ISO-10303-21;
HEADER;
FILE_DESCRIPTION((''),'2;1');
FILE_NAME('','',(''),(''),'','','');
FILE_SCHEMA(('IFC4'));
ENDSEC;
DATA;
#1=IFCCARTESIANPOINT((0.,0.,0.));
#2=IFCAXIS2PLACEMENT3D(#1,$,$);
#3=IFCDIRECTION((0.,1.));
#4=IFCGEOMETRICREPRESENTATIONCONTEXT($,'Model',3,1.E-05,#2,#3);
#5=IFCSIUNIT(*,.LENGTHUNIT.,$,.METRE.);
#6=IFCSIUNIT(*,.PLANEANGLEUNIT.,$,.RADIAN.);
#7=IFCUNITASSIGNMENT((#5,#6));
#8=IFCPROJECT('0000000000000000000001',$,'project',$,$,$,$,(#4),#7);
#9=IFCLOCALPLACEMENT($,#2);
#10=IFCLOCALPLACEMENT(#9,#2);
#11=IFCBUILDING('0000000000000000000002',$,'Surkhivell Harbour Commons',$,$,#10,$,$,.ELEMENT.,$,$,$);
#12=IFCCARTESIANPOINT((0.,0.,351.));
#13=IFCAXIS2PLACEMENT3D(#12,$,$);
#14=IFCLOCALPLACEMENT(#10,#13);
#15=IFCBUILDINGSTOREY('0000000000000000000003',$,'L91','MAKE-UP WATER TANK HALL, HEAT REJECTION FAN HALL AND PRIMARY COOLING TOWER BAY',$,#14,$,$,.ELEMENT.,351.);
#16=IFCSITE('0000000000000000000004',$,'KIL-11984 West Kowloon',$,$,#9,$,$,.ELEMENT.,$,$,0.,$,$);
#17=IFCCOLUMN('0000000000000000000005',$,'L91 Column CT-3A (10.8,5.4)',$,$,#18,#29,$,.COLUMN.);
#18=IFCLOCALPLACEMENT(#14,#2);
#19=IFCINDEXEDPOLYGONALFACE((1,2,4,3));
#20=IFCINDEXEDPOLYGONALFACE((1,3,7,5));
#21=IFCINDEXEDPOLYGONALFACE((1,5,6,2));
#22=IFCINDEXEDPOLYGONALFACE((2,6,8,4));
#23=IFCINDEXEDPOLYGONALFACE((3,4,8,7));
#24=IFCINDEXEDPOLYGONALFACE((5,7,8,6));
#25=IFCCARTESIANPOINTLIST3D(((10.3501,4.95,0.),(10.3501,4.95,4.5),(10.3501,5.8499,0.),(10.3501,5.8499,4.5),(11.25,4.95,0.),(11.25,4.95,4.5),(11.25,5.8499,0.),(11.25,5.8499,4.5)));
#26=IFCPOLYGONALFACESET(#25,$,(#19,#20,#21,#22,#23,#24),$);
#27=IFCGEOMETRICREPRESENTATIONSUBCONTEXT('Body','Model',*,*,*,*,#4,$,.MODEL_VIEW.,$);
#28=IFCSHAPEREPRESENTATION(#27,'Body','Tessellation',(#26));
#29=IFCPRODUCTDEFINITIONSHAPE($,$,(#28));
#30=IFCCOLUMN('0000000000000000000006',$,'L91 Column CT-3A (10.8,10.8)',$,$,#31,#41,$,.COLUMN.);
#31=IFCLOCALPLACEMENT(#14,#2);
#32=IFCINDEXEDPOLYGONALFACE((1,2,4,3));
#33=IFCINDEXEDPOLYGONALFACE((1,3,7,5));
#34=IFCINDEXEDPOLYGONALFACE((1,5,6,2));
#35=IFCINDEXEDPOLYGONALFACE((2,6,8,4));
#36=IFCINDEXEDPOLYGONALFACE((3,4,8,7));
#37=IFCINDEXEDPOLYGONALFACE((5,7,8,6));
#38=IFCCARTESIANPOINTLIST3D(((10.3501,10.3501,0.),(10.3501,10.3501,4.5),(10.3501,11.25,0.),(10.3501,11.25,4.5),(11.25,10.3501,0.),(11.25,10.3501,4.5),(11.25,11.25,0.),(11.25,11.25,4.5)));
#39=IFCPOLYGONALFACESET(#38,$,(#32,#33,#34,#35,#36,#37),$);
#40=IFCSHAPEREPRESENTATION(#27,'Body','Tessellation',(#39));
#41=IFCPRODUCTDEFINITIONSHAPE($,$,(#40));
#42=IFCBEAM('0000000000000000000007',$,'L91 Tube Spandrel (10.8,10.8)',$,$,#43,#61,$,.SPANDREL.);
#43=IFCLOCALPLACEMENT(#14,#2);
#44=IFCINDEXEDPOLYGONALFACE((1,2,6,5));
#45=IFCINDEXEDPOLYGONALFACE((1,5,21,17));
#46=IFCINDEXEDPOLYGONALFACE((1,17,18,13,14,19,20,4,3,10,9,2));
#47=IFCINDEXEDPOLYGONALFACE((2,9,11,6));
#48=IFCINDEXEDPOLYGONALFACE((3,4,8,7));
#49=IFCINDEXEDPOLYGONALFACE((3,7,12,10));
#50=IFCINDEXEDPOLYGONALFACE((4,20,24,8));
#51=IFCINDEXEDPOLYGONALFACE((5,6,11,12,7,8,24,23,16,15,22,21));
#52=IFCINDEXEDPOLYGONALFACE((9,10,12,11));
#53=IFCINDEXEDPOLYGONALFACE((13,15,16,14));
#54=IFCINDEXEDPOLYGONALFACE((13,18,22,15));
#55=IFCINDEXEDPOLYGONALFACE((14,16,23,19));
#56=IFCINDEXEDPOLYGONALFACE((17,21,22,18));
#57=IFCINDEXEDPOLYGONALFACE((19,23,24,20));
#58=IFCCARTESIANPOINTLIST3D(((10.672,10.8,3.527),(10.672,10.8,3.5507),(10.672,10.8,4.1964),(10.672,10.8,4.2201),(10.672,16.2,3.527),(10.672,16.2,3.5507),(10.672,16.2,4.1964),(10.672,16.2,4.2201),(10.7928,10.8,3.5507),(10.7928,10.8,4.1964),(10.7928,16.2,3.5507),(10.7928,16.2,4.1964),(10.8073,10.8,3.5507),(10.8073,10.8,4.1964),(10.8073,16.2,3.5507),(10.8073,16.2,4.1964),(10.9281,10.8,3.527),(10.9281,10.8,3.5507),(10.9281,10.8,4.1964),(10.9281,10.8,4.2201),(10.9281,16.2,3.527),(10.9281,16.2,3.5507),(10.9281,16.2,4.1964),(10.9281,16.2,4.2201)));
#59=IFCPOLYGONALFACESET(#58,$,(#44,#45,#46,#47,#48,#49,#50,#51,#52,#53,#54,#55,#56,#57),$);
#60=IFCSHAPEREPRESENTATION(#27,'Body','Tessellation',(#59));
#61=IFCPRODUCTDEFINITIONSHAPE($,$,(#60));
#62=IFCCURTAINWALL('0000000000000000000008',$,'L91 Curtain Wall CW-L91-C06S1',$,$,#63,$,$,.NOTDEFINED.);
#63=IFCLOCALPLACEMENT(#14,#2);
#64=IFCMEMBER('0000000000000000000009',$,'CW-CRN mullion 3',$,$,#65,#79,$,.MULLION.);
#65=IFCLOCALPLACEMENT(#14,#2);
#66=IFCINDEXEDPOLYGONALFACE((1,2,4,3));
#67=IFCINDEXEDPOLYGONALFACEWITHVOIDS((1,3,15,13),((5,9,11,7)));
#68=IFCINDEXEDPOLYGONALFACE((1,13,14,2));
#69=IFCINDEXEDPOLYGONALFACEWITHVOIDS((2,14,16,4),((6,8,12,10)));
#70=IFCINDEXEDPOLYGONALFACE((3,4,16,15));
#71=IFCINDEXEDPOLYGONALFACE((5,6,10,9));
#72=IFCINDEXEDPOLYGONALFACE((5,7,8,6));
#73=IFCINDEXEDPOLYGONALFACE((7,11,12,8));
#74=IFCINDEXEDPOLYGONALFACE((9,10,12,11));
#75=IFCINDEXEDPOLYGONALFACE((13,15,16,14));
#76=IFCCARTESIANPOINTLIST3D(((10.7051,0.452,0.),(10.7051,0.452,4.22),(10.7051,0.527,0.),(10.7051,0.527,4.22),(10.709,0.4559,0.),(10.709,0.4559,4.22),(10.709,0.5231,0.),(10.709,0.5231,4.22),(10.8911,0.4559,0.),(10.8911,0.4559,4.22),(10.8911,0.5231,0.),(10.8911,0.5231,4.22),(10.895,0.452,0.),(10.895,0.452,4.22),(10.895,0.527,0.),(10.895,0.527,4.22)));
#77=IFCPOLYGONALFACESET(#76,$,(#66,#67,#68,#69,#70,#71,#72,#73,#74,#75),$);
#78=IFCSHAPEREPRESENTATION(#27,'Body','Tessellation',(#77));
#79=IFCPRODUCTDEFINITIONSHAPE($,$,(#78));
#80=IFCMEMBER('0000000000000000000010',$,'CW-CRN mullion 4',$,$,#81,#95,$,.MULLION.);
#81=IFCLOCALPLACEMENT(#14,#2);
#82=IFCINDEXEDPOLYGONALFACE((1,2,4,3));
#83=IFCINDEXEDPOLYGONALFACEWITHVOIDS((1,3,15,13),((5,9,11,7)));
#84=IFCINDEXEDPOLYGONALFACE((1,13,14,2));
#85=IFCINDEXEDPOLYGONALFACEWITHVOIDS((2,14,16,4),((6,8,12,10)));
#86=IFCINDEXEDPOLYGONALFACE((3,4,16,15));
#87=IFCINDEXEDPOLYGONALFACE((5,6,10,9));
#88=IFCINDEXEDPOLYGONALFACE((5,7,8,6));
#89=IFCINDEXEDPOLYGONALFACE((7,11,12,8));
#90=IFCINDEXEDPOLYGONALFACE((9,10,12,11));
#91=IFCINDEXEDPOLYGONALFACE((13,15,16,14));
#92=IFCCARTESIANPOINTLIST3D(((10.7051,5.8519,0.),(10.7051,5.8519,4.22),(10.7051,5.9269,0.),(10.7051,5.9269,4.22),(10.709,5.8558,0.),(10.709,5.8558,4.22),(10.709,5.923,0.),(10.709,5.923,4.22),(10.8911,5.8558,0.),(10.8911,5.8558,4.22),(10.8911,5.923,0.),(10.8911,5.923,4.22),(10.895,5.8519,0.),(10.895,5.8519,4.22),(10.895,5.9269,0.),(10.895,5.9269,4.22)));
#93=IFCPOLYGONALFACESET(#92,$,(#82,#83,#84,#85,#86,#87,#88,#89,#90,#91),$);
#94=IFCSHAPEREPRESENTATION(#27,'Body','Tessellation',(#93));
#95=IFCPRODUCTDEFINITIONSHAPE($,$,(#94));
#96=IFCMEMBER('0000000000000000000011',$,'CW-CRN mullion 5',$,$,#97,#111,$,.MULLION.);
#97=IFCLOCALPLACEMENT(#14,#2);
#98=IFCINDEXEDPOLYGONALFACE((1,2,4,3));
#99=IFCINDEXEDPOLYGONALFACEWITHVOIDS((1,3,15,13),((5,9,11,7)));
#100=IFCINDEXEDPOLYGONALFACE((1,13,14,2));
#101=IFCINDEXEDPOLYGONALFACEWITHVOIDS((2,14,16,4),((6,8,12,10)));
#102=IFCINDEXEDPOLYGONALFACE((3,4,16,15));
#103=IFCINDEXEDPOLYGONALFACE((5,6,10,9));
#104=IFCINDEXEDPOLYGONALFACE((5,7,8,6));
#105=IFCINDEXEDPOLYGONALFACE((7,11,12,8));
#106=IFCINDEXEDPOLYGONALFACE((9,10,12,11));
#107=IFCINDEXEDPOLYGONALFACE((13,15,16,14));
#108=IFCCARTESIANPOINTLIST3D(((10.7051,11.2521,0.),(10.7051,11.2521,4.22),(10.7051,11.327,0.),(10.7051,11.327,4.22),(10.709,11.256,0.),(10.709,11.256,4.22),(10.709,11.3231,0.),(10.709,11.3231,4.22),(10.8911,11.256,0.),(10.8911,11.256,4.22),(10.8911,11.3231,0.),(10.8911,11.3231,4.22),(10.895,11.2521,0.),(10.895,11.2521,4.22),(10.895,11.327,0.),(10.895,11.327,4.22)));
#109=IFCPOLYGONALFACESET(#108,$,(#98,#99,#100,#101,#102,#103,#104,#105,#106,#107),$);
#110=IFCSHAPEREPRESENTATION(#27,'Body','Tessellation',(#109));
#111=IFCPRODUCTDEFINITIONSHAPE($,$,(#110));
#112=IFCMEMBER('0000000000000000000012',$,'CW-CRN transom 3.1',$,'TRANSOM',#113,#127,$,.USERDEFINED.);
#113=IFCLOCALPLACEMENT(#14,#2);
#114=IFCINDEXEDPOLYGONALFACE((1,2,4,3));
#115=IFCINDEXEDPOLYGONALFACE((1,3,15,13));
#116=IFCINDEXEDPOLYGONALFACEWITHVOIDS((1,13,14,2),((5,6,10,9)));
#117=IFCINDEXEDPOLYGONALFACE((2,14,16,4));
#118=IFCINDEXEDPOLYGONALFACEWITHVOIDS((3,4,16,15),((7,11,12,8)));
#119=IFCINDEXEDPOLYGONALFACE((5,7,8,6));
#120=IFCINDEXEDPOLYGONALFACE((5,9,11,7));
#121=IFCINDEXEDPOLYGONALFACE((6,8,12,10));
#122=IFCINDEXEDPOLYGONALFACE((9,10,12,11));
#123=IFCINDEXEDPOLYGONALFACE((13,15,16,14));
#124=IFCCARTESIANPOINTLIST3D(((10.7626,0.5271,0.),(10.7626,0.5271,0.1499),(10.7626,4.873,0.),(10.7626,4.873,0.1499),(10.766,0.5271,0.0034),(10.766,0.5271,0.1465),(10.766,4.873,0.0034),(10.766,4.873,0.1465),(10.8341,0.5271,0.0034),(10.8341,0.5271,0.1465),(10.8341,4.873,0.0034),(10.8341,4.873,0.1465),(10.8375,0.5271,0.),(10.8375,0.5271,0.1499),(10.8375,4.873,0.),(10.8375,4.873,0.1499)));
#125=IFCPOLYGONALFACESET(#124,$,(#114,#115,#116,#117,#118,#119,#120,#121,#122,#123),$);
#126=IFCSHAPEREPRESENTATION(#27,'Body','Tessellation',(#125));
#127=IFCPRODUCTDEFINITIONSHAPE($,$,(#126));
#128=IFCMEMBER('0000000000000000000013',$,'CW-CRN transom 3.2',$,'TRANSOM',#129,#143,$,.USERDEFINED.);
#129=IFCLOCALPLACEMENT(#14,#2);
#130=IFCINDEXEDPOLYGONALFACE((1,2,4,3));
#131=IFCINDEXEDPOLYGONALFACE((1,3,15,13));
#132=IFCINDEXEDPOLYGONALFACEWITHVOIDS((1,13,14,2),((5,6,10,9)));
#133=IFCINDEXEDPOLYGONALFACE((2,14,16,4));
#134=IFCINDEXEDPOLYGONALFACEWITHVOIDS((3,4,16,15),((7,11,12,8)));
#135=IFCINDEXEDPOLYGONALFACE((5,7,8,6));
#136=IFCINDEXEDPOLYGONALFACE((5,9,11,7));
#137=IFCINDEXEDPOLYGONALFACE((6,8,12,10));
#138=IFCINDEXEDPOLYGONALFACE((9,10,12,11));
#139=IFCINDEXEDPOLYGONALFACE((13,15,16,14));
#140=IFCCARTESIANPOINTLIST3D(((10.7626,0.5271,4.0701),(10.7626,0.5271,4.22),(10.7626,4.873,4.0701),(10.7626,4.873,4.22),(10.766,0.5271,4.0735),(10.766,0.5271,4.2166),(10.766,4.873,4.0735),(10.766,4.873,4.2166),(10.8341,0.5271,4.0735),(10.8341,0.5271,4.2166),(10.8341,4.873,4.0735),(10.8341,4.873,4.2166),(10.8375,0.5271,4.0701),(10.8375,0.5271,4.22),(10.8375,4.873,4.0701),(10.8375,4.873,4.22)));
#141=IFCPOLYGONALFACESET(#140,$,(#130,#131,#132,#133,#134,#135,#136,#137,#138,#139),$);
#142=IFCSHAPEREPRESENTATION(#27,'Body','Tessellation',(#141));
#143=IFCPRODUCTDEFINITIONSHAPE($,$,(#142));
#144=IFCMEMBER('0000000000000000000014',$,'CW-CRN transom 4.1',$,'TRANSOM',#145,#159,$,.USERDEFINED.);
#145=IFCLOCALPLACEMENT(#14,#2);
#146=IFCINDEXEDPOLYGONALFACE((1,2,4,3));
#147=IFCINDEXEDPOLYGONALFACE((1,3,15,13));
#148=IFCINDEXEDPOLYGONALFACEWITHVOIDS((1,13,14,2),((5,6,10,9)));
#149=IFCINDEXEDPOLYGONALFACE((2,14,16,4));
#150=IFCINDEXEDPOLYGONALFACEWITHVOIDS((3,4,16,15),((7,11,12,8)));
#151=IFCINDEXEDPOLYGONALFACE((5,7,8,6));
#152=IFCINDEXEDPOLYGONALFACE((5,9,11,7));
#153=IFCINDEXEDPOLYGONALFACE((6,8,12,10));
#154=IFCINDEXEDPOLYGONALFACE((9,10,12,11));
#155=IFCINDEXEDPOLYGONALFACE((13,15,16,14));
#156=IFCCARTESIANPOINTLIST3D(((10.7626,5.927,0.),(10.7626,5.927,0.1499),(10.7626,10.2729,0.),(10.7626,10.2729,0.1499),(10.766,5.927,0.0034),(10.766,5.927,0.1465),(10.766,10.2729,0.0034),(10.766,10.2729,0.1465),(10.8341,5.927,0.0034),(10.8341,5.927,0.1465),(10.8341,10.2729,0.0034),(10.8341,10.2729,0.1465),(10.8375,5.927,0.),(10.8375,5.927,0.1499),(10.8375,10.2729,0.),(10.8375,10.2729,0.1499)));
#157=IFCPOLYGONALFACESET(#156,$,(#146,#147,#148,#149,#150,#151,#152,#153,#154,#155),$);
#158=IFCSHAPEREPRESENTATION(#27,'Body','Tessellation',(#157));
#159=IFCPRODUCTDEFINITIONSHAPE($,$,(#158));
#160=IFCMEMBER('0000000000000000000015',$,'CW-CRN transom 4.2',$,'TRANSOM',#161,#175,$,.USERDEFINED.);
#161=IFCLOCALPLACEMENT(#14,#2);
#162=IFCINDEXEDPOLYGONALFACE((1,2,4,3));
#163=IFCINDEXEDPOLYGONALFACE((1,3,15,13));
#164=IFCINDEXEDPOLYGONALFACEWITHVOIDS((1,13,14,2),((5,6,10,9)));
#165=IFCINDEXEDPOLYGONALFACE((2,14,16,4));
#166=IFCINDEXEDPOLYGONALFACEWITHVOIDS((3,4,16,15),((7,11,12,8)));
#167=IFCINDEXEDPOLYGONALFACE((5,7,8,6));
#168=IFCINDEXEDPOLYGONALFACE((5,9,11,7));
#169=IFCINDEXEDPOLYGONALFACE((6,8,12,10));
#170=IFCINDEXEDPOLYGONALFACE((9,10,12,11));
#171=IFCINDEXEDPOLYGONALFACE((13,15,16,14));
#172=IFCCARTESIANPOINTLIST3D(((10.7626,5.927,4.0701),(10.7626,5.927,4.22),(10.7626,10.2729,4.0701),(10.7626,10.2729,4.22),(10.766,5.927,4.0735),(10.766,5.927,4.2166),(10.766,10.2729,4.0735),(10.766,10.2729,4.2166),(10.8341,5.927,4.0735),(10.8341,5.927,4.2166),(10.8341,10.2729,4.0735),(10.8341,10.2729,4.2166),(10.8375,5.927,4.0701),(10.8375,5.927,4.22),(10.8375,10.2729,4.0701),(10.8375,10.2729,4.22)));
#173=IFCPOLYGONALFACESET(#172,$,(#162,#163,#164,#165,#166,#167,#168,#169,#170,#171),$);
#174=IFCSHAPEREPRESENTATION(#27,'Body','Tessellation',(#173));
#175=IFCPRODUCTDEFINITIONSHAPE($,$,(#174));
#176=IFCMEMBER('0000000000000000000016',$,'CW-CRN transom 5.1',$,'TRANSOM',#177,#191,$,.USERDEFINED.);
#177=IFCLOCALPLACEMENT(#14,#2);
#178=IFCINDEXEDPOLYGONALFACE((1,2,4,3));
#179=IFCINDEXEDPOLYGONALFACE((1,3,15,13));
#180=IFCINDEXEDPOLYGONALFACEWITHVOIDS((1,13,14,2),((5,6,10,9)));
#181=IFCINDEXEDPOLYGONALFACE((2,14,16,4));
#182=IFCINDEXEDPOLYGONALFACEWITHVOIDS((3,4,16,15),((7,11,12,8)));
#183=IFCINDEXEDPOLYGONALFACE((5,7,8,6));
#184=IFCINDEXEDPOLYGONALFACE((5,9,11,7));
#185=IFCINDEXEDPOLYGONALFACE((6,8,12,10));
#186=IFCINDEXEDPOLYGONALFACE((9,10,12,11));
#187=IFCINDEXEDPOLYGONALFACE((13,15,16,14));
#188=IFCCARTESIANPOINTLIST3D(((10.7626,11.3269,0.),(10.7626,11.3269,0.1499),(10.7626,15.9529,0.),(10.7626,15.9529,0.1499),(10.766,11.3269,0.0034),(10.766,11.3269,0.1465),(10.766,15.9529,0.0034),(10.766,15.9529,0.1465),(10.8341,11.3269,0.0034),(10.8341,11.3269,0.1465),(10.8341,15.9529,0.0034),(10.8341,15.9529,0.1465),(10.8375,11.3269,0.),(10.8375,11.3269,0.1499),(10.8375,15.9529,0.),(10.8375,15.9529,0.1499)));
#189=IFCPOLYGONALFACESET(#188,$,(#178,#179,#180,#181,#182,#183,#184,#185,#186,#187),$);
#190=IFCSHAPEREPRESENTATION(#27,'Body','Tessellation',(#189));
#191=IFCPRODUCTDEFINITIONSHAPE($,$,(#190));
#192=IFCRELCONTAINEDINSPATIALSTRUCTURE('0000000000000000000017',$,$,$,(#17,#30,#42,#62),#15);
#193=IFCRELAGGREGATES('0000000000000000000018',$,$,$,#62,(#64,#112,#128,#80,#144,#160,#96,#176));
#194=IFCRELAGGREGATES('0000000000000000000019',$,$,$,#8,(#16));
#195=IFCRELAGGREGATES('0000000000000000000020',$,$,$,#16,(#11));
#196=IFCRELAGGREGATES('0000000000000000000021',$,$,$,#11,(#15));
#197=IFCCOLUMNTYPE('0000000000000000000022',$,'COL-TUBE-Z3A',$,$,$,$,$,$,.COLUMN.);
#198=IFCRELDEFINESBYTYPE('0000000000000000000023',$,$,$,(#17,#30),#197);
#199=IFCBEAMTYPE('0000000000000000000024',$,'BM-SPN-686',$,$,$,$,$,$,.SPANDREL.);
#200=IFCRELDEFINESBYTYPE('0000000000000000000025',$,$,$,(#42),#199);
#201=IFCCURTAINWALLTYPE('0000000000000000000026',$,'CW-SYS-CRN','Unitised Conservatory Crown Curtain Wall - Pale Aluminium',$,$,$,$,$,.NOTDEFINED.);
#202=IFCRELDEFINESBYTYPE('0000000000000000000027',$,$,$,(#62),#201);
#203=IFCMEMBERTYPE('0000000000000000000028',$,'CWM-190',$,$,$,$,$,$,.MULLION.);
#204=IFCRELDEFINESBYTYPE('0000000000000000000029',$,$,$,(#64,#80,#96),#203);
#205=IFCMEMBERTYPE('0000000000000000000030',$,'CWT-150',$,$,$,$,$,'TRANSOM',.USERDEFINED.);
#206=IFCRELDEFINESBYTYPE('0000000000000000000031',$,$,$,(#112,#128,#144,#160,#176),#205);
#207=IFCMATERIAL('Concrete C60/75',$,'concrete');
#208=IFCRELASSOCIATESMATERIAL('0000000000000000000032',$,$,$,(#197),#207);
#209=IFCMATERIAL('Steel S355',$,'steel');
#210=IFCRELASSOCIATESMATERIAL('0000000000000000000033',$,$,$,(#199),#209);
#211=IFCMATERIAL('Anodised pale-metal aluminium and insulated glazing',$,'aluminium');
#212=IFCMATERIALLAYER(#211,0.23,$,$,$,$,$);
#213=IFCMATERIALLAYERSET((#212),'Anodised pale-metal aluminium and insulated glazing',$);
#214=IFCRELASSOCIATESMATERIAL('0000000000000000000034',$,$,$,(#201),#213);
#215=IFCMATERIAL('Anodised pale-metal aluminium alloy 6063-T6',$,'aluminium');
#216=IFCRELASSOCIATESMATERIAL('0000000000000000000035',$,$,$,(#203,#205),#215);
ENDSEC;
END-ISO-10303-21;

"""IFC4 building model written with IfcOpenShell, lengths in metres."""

from ifc_helpers import new_model, si_unit, direction, frame, origin, origin_2d, place, context, subcontext, project, spatial, rectangle, hollow_rectangle, i_section, extrude, material, layer, layer_set, material_profile, profile_set, type_object, element, aggregate, save


model = new_model("IFC4")

# Units and contexts
model_context = context("Model", 3, precision=1e-05, world=origin(), true_north=direction((0.0, 1.0)))
body_context = subcontext(model_context, "Body", "Model", "MODEL_VIEW")
ifc_project = project(units=[si_unit("LENGTHUNIT", "METRE"), si_unit("PLANEANGLEUNIT", "RADIAN")], contexts=[model_context])

# Site, building, storey
site_placement = place(None, origin())
site = spatial("IfcSite", under=ifc_project, at=site_placement, Name="KIL-11984 West Kowloon", CompositionType="ELEMENT", RefElevation=0.0)
building_placement = place(site_placement, origin())
building = spatial("IfcBuilding", under=site, at=building_placement, Name="Surkhivell Harbour Commons", CompositionType="ELEMENT")
storey_placement = place(building_placement, frame((0.0, 0.0, 351.0)))
storey = spatial("IfcBuildingStorey", under=building, at=storey_placement, Name="L91", Description="MAKE-UP WATER TANK HALL, HEAT REJECTION FAN HALL AND PRIMARY COOLING TOWER BAY", CompositionType="ELEMENT", Elevation=351.0)

# Columns
ifc_material_1 = material(Name="Concrete C60/75", Category="concrete")
ifc_material_profile_1 = material_profile(ifc_material_1, rectangle(XDim=0.8999, YDim=0.8999, at=origin_2d()), Name="RC-COL-900x900")
ifc_profile_set_1 = profile_set([ifc_material_profile_1], Name="Concrete C60/75")
column_type = type_object("IfcColumnType", Name="COL-TUBE-Z3A", PredefinedType="COLUMN", material=ifc_profile_set_1)
for number, where, z_axis, x_axis, name in (
    (1, (10.8, 5.3999, 0.0), (0.0, 0.0, 1.0), (1.0, 0.0, 0.0), "L91 Column CT-3A (10.8,5.4)"),
    (2, (10.8, 10.8, 0.0), (0.0, 0.0, 1.0), (1.0, 0.0, 0.0), "L91 Column CT-3A (10.8,10.8)"),
):
    element("IfcColumn", number, at=place(storey_placement, frame(where, z_axis=z_axis, x_axis=x_axis)), inside=storey, type_object=column_type, Name=name, PredefinedType="COLUMN", context=body_context, shape_type="SweptSolid", body=[
        extrude(rectangle(XDim=0.8999, YDim=0.8999, at=origin_2d()), origin(), (0.0, 0.0, 1.0), 4.5),
    ])

# Beam
ifc_material_2 = material(Name="Steel S355", Category="steel")
ifc_material_profile_2 = material_profile(ifc_material_2, i_section(OverallWidth=0.2561, OverallDepth=0.6931, WebThickness=0.0144, FlangeThickness=0.0237, at=origin_2d()), Name="UB686x254x170")
ifc_profile_set_2 = profile_set([ifc_material_profile_2], Name="Steel S355")
beam_type = type_object("IfcBeamType", Name="BM-SPN-686", PredefinedType="SPANDREL", material=ifc_profile_set_2)
beam_placement = place(storey_placement, frame((10.8, 10.8, 3.8735), z_axis=(0.0, 1.0, 0.0), x_axis=(-1.0, 0.0, 0.0)))
element("IfcBeam", 3, at=beam_placement, inside=storey, type_object=beam_type, Name="L91 Tube Spandrel (10.8,10.8)", PredefinedType="SPANDREL", context=body_context, shape_type="SweptSolid", body=[
    extrude(i_section(OverallWidth=0.2561, OverallDepth=0.6931, WebThickness=0.0144, FlangeThickness=0.0237, at=origin_2d()), origin(), (0.0, 0.0, 1.0), 5.3999),
])

# Curtain wall, members
ifc_material_3 = material(Name="Anodised pale-metal aluminium and insulated glazing", Category="aluminium")
ifc_layer_1 = layer(ifc_material_3, 0.23)
ifc_layer_set_1 = layer_set([ifc_layer_1], Name="Anodised pale-metal aluminium and insulated glazing")
curtain_wall_type = type_object("IfcCurtainWallType", Name="CW-SYS-CRN", Description="Unitised Conservatory Crown Curtain Wall - Pale Aluminium", PredefinedType="NOTDEFINED", material=ifc_layer_set_1)
curtain_wall_placement = place(storey_placement, origin())
curtain_wall = element("IfcCurtainWall", 4, at=curtain_wall_placement, inside=storey, type_object=curtain_wall_type, Name="L91 Curtain Wall CW-L91-C06S1", PredefinedType="NOTDEFINED")
ifc_material_4 = material(Name="Anodised pale-metal aluminium alloy 6063-T6", Category="aluminium")
ifc_material_profile_3 = material_profile(ifc_material_4, hollow_rectangle(XDim=0.075, YDim=0.1899, WallThickness=0.0039, at=origin_2d()), Name="ALU-MULL-75x190")
ifc_profile_set_3 = profile_set([ifc_material_profile_3], Name="Anodised pale-metal aluminium alloy 6063-T6")
member_type_1 = type_object("IfcMemberType", Name="CWM-190", PredefinedType="MULLION", material=ifc_profile_set_3)
member_1_placement = place(storey_placement, frame((10.8, 0.4895, 0.0), z_axis=(0.0, 0.0, 1.0), x_axis=(0.0, 1.0, 0.0)))
member_1 = element("IfcMember", 5, at=member_1_placement, type_object=member_type_1, Name="CW-CRN mullion 3", PredefinedType="MULLION", context=body_context, shape_type="SweptSolid", body=[
    extrude(hollow_rectangle(XDim=0.075, YDim=0.1899, WallThickness=0.0039, at=origin_2d()), origin(), (0.0, 0.0, 1.0), 4.22),
])
member_2_placement = place(storey_placement, frame((10.8, 5.8894, 0.0), z_axis=(0.0, 0.0, 1.0), x_axis=(0.0, 1.0, 0.0)))
member_2 = element("IfcMember", 6, at=member_2_placement, type_object=member_type_1, Name="CW-CRN mullion 4", PredefinedType="MULLION", context=body_context, shape_type="SweptSolid", body=[
    extrude(hollow_rectangle(XDim=0.075, YDim=0.1899, WallThickness=0.0039, at=origin_2d()), origin(), (0.0, 0.0, 1.0), 4.22),
])
member_3_placement = place(storey_placement, frame((10.8, 11.2896, 0.0), z_axis=(0.0, 0.0, 1.0), x_axis=(0.0, 1.0, 0.0)))
member_3 = element("IfcMember", 7, at=member_3_placement, type_object=member_type_1, Name="CW-CRN mullion 5", PredefinedType="MULLION", context=body_context, shape_type="SweptSolid", body=[
    extrude(hollow_rectangle(XDim=0.075, YDim=0.1899, WallThickness=0.0039, at=origin_2d()), origin(), (0.0, 0.0, 1.0), 4.22),
])
ifc_material_profile_4 = material_profile(ifc_material_4, hollow_rectangle(XDim=0.075, YDim=0.1499, WallThickness=0.0034, at=origin_2d()), Name="ALU-TRAN-75x150")
ifc_profile_set_4 = profile_set([ifc_material_profile_4], Name="Anodised pale-metal aluminium alloy 6063-T6")
member_type_2 = type_object("IfcMemberType", Name="CWT-150", ElementType="TRANSOM", PredefinedType="USERDEFINED", material=ifc_profile_set_4)
member_4_placement = place(storey_placement, frame((10.8, 0.5271, 0.075), z_axis=(0.0, 1.0, 0.0), x_axis=(-1.0, 0.0, 0.0)))
member_4 = element("IfcMember", 8, at=member_4_placement, type_object=member_type_2, Name="CW-CRN transom 3.1", ObjectType="TRANSOM", PredefinedType="USERDEFINED", context=body_context, shape_type="SweptSolid", body=[
    extrude(hollow_rectangle(XDim=0.075, YDim=0.1499, WallThickness=0.0034, at=origin_2d()), origin(), (0.0, 0.0, 1.0), 4.3459),
])
member_5_placement = place(storey_placement, frame((10.8, 0.5271, 4.145), z_axis=(0.0, 1.0, 0.0), x_axis=(-1.0, 0.0, 0.0)))
member_5 = element("IfcMember", 9, at=member_5_placement, type_object=member_type_2, Name="CW-CRN transom 3.2", ObjectType="TRANSOM", PredefinedType="USERDEFINED", context=body_context, shape_type="SweptSolid", body=[
    extrude(hollow_rectangle(XDim=0.075, YDim=0.1499, WallThickness=0.0034, at=origin_2d()), origin(), (0.0, 0.0, 1.0), 4.3459),
])
member_6_placement = place(storey_placement, frame((10.8, 5.927, 0.075), z_axis=(0.0, 1.0, 0.0), x_axis=(-1.0, 0.0, 0.0)))
member_6 = element("IfcMember", 10, at=member_6_placement, type_object=member_type_2, Name="CW-CRN transom 4.1", ObjectType="TRANSOM", PredefinedType="USERDEFINED", context=body_context, shape_type="SweptSolid", body=[
    extrude(hollow_rectangle(XDim=0.075, YDim=0.1499, WallThickness=0.0034, at=origin_2d()), origin(), (0.0, 0.0, 1.0), 4.3459),
])
member_7_placement = place(storey_placement, frame((10.8, 5.927, 4.145), z_axis=(0.0, 1.0, 0.0), x_axis=(-1.0, 0.0, 0.0)))
member_7 = element("IfcMember", 11, at=member_7_placement, type_object=member_type_2, Name="CW-CRN transom 4.2", ObjectType="TRANSOM", PredefinedType="USERDEFINED", context=body_context, shape_type="SweptSolid", body=[
    extrude(hollow_rectangle(XDim=0.075, YDim=0.1499, WallThickness=0.0034, at=origin_2d()), origin(), (0.0, 0.0, 1.0), 4.3459),
])
member_8_placement = place(storey_placement, frame((10.8, 11.3269, 0.075), z_axis=(0.0, 1.0, 0.0), x_axis=(-1.0, 0.0, 0.0)))
member_8 = element("IfcMember", 12, at=member_8_placement, type_object=member_type_2, Name="CW-CRN transom 5.1", ObjectType="TRANSOM", PredefinedType="USERDEFINED", context=body_context, shape_type="SweptSolid", body=[
    extrude(hollow_rectangle(XDim=0.075, YDim=0.1499, WallThickness=0.0034, at=origin_2d()), origin(), (0.0, 0.0, 1.0), 4.626),
])
aggregate(curtain_wall, [member_1, member_4, member_5, member_2, member_6, member_7, member_3, member_8])

save(model, "model.ifc")
